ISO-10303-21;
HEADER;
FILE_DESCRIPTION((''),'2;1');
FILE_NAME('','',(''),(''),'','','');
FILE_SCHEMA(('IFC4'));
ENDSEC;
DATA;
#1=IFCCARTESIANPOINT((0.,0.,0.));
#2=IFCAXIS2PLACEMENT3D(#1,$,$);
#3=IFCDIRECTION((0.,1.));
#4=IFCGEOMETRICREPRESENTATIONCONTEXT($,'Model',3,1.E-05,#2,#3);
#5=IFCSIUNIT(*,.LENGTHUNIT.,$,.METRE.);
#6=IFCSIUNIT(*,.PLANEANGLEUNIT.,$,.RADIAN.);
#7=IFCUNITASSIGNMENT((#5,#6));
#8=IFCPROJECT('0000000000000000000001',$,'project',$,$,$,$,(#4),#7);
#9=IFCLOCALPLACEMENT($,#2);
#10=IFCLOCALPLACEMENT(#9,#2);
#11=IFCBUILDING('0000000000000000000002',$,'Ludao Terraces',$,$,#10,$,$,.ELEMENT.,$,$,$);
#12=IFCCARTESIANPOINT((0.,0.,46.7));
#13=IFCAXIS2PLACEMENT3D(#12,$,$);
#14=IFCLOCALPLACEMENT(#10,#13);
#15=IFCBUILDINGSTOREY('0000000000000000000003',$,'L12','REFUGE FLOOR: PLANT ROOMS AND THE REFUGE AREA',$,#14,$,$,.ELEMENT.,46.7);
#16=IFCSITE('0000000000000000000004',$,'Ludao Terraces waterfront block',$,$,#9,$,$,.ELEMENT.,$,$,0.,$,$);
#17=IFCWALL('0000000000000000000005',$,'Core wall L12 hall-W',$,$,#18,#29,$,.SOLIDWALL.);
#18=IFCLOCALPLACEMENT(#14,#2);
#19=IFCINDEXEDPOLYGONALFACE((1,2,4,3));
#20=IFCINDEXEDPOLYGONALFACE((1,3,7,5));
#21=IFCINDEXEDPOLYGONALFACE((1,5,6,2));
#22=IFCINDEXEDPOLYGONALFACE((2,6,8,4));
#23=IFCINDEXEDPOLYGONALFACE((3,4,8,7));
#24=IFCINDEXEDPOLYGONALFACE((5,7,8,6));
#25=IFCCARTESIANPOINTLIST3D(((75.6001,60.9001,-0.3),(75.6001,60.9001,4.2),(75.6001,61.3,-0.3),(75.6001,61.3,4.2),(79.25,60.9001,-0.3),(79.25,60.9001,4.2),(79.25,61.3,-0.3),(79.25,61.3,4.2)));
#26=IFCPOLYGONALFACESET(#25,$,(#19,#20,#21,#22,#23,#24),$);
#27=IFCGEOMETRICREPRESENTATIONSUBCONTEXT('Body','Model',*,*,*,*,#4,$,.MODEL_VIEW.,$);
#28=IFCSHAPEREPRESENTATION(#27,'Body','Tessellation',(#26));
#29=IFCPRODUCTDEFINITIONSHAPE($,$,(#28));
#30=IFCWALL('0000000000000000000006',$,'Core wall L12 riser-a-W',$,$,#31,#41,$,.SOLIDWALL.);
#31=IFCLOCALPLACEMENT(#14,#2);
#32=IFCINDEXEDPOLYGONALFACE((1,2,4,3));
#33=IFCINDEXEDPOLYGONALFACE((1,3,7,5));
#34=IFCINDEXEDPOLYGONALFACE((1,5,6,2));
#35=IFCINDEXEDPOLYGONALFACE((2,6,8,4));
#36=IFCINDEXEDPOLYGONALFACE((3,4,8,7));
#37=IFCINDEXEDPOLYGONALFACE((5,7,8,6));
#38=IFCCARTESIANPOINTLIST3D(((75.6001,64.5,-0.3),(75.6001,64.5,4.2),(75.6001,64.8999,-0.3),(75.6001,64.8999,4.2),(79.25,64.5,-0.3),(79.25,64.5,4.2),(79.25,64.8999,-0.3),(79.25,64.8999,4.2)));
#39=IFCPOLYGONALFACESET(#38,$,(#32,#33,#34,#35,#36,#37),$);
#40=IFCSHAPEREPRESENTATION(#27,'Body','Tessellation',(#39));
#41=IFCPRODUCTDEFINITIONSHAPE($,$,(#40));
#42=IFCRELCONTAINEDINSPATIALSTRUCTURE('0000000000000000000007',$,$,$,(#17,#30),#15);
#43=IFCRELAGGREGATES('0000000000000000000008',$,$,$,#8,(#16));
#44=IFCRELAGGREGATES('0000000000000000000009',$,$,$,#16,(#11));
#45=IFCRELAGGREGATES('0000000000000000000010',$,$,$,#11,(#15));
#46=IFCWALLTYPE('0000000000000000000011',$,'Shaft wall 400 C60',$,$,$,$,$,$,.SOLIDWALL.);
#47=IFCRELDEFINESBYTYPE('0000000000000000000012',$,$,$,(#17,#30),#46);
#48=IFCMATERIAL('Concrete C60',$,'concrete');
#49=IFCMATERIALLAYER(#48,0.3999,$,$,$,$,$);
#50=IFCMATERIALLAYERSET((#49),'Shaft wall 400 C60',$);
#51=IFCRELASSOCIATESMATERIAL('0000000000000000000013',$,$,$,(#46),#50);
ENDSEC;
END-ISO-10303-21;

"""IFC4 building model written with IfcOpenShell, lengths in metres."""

from ifc_helpers import new_model, si_unit, direction, frame, frame_2d, origin, place, context, subcontext, project, spatial, rectangle, extrude, material, layer, layer_set, type_object, element, save


model = new_model("IFC4")

# Units and contexts
model_context = context("Model", 3, precision=1e-05, world=origin(), true_north=direction((0.0, 1.0)))
body_context = subcontext(model_context, "Body", "Model", "MODEL_VIEW")
ifc_project = project(units=[si_unit("LENGTHUNIT", "METRE"), si_unit("PLANEANGLEUNIT", "RADIAN")], contexts=[model_context])

# Site, building, storey
site_placement = place(None, origin())
site = spatial("IfcSite", under=ifc_project, at=site_placement, Name="Ludao Terraces waterfront block", CompositionType="ELEMENT", RefElevation=0.0)
building_placement = place(site_placement, origin())
building = spatial("IfcBuilding", under=site, at=building_placement, Name="Ludao Terraces", CompositionType="ELEMENT")
storey_placement = place(building_placement, frame((0.0, 0.0, 46.7)))
storey = spatial("IfcBuildingStorey", under=building, at=storey_placement, Name="L12", Description="REFUGE FLOOR: PLANT ROOMS AND THE REFUGE AREA", CompositionType="ELEMENT", Elevation=46.7)

# Shared definitions
ifc_material_1 = material(Name="Concrete C60", Category="concrete")
ifc_layer_1 = layer(ifc_material_1, 0.3999)
ifc_layer_set_1 = layer_set([ifc_layer_1], Name="Shaft wall 400 C60")
wall_type_1 = type_object("IfcWallType", Name="Shaft wall 400 C60", PredefinedType="SOLIDWALL", material=ifc_layer_set_1)

# Walls
for number, where, z_axis, x_axis, name in (
    (1, (75.6001, 61.1001, -0.3), (0.0, 0.0, 1.0), (1.0, 0.0, 0.0), "Core wall L12 hall-W"),
    (2, (75.6001, 64.7, -0.3), (0.0, 0.0, 1.0), (1.0, 0.0, 0.0), "Core wall L12 riser-a-W"),
):
    element("IfcWall", number, at=place(storey_placement, frame(where, z_axis=z_axis, x_axis=x_axis)), inside=storey, type_object=wall_type_1, Name=name, PredefinedType="SOLIDWALL", context=body_context, shape_type="SweptSolid", body=[
        extrude(rectangle(XDim=3.6499, YDim=0.3999, at=frame_2d((1.825, 0.0))), origin(), (0.0, 0.0, 1.0), 4.5),
    ])

save(model, "model.ifc")
